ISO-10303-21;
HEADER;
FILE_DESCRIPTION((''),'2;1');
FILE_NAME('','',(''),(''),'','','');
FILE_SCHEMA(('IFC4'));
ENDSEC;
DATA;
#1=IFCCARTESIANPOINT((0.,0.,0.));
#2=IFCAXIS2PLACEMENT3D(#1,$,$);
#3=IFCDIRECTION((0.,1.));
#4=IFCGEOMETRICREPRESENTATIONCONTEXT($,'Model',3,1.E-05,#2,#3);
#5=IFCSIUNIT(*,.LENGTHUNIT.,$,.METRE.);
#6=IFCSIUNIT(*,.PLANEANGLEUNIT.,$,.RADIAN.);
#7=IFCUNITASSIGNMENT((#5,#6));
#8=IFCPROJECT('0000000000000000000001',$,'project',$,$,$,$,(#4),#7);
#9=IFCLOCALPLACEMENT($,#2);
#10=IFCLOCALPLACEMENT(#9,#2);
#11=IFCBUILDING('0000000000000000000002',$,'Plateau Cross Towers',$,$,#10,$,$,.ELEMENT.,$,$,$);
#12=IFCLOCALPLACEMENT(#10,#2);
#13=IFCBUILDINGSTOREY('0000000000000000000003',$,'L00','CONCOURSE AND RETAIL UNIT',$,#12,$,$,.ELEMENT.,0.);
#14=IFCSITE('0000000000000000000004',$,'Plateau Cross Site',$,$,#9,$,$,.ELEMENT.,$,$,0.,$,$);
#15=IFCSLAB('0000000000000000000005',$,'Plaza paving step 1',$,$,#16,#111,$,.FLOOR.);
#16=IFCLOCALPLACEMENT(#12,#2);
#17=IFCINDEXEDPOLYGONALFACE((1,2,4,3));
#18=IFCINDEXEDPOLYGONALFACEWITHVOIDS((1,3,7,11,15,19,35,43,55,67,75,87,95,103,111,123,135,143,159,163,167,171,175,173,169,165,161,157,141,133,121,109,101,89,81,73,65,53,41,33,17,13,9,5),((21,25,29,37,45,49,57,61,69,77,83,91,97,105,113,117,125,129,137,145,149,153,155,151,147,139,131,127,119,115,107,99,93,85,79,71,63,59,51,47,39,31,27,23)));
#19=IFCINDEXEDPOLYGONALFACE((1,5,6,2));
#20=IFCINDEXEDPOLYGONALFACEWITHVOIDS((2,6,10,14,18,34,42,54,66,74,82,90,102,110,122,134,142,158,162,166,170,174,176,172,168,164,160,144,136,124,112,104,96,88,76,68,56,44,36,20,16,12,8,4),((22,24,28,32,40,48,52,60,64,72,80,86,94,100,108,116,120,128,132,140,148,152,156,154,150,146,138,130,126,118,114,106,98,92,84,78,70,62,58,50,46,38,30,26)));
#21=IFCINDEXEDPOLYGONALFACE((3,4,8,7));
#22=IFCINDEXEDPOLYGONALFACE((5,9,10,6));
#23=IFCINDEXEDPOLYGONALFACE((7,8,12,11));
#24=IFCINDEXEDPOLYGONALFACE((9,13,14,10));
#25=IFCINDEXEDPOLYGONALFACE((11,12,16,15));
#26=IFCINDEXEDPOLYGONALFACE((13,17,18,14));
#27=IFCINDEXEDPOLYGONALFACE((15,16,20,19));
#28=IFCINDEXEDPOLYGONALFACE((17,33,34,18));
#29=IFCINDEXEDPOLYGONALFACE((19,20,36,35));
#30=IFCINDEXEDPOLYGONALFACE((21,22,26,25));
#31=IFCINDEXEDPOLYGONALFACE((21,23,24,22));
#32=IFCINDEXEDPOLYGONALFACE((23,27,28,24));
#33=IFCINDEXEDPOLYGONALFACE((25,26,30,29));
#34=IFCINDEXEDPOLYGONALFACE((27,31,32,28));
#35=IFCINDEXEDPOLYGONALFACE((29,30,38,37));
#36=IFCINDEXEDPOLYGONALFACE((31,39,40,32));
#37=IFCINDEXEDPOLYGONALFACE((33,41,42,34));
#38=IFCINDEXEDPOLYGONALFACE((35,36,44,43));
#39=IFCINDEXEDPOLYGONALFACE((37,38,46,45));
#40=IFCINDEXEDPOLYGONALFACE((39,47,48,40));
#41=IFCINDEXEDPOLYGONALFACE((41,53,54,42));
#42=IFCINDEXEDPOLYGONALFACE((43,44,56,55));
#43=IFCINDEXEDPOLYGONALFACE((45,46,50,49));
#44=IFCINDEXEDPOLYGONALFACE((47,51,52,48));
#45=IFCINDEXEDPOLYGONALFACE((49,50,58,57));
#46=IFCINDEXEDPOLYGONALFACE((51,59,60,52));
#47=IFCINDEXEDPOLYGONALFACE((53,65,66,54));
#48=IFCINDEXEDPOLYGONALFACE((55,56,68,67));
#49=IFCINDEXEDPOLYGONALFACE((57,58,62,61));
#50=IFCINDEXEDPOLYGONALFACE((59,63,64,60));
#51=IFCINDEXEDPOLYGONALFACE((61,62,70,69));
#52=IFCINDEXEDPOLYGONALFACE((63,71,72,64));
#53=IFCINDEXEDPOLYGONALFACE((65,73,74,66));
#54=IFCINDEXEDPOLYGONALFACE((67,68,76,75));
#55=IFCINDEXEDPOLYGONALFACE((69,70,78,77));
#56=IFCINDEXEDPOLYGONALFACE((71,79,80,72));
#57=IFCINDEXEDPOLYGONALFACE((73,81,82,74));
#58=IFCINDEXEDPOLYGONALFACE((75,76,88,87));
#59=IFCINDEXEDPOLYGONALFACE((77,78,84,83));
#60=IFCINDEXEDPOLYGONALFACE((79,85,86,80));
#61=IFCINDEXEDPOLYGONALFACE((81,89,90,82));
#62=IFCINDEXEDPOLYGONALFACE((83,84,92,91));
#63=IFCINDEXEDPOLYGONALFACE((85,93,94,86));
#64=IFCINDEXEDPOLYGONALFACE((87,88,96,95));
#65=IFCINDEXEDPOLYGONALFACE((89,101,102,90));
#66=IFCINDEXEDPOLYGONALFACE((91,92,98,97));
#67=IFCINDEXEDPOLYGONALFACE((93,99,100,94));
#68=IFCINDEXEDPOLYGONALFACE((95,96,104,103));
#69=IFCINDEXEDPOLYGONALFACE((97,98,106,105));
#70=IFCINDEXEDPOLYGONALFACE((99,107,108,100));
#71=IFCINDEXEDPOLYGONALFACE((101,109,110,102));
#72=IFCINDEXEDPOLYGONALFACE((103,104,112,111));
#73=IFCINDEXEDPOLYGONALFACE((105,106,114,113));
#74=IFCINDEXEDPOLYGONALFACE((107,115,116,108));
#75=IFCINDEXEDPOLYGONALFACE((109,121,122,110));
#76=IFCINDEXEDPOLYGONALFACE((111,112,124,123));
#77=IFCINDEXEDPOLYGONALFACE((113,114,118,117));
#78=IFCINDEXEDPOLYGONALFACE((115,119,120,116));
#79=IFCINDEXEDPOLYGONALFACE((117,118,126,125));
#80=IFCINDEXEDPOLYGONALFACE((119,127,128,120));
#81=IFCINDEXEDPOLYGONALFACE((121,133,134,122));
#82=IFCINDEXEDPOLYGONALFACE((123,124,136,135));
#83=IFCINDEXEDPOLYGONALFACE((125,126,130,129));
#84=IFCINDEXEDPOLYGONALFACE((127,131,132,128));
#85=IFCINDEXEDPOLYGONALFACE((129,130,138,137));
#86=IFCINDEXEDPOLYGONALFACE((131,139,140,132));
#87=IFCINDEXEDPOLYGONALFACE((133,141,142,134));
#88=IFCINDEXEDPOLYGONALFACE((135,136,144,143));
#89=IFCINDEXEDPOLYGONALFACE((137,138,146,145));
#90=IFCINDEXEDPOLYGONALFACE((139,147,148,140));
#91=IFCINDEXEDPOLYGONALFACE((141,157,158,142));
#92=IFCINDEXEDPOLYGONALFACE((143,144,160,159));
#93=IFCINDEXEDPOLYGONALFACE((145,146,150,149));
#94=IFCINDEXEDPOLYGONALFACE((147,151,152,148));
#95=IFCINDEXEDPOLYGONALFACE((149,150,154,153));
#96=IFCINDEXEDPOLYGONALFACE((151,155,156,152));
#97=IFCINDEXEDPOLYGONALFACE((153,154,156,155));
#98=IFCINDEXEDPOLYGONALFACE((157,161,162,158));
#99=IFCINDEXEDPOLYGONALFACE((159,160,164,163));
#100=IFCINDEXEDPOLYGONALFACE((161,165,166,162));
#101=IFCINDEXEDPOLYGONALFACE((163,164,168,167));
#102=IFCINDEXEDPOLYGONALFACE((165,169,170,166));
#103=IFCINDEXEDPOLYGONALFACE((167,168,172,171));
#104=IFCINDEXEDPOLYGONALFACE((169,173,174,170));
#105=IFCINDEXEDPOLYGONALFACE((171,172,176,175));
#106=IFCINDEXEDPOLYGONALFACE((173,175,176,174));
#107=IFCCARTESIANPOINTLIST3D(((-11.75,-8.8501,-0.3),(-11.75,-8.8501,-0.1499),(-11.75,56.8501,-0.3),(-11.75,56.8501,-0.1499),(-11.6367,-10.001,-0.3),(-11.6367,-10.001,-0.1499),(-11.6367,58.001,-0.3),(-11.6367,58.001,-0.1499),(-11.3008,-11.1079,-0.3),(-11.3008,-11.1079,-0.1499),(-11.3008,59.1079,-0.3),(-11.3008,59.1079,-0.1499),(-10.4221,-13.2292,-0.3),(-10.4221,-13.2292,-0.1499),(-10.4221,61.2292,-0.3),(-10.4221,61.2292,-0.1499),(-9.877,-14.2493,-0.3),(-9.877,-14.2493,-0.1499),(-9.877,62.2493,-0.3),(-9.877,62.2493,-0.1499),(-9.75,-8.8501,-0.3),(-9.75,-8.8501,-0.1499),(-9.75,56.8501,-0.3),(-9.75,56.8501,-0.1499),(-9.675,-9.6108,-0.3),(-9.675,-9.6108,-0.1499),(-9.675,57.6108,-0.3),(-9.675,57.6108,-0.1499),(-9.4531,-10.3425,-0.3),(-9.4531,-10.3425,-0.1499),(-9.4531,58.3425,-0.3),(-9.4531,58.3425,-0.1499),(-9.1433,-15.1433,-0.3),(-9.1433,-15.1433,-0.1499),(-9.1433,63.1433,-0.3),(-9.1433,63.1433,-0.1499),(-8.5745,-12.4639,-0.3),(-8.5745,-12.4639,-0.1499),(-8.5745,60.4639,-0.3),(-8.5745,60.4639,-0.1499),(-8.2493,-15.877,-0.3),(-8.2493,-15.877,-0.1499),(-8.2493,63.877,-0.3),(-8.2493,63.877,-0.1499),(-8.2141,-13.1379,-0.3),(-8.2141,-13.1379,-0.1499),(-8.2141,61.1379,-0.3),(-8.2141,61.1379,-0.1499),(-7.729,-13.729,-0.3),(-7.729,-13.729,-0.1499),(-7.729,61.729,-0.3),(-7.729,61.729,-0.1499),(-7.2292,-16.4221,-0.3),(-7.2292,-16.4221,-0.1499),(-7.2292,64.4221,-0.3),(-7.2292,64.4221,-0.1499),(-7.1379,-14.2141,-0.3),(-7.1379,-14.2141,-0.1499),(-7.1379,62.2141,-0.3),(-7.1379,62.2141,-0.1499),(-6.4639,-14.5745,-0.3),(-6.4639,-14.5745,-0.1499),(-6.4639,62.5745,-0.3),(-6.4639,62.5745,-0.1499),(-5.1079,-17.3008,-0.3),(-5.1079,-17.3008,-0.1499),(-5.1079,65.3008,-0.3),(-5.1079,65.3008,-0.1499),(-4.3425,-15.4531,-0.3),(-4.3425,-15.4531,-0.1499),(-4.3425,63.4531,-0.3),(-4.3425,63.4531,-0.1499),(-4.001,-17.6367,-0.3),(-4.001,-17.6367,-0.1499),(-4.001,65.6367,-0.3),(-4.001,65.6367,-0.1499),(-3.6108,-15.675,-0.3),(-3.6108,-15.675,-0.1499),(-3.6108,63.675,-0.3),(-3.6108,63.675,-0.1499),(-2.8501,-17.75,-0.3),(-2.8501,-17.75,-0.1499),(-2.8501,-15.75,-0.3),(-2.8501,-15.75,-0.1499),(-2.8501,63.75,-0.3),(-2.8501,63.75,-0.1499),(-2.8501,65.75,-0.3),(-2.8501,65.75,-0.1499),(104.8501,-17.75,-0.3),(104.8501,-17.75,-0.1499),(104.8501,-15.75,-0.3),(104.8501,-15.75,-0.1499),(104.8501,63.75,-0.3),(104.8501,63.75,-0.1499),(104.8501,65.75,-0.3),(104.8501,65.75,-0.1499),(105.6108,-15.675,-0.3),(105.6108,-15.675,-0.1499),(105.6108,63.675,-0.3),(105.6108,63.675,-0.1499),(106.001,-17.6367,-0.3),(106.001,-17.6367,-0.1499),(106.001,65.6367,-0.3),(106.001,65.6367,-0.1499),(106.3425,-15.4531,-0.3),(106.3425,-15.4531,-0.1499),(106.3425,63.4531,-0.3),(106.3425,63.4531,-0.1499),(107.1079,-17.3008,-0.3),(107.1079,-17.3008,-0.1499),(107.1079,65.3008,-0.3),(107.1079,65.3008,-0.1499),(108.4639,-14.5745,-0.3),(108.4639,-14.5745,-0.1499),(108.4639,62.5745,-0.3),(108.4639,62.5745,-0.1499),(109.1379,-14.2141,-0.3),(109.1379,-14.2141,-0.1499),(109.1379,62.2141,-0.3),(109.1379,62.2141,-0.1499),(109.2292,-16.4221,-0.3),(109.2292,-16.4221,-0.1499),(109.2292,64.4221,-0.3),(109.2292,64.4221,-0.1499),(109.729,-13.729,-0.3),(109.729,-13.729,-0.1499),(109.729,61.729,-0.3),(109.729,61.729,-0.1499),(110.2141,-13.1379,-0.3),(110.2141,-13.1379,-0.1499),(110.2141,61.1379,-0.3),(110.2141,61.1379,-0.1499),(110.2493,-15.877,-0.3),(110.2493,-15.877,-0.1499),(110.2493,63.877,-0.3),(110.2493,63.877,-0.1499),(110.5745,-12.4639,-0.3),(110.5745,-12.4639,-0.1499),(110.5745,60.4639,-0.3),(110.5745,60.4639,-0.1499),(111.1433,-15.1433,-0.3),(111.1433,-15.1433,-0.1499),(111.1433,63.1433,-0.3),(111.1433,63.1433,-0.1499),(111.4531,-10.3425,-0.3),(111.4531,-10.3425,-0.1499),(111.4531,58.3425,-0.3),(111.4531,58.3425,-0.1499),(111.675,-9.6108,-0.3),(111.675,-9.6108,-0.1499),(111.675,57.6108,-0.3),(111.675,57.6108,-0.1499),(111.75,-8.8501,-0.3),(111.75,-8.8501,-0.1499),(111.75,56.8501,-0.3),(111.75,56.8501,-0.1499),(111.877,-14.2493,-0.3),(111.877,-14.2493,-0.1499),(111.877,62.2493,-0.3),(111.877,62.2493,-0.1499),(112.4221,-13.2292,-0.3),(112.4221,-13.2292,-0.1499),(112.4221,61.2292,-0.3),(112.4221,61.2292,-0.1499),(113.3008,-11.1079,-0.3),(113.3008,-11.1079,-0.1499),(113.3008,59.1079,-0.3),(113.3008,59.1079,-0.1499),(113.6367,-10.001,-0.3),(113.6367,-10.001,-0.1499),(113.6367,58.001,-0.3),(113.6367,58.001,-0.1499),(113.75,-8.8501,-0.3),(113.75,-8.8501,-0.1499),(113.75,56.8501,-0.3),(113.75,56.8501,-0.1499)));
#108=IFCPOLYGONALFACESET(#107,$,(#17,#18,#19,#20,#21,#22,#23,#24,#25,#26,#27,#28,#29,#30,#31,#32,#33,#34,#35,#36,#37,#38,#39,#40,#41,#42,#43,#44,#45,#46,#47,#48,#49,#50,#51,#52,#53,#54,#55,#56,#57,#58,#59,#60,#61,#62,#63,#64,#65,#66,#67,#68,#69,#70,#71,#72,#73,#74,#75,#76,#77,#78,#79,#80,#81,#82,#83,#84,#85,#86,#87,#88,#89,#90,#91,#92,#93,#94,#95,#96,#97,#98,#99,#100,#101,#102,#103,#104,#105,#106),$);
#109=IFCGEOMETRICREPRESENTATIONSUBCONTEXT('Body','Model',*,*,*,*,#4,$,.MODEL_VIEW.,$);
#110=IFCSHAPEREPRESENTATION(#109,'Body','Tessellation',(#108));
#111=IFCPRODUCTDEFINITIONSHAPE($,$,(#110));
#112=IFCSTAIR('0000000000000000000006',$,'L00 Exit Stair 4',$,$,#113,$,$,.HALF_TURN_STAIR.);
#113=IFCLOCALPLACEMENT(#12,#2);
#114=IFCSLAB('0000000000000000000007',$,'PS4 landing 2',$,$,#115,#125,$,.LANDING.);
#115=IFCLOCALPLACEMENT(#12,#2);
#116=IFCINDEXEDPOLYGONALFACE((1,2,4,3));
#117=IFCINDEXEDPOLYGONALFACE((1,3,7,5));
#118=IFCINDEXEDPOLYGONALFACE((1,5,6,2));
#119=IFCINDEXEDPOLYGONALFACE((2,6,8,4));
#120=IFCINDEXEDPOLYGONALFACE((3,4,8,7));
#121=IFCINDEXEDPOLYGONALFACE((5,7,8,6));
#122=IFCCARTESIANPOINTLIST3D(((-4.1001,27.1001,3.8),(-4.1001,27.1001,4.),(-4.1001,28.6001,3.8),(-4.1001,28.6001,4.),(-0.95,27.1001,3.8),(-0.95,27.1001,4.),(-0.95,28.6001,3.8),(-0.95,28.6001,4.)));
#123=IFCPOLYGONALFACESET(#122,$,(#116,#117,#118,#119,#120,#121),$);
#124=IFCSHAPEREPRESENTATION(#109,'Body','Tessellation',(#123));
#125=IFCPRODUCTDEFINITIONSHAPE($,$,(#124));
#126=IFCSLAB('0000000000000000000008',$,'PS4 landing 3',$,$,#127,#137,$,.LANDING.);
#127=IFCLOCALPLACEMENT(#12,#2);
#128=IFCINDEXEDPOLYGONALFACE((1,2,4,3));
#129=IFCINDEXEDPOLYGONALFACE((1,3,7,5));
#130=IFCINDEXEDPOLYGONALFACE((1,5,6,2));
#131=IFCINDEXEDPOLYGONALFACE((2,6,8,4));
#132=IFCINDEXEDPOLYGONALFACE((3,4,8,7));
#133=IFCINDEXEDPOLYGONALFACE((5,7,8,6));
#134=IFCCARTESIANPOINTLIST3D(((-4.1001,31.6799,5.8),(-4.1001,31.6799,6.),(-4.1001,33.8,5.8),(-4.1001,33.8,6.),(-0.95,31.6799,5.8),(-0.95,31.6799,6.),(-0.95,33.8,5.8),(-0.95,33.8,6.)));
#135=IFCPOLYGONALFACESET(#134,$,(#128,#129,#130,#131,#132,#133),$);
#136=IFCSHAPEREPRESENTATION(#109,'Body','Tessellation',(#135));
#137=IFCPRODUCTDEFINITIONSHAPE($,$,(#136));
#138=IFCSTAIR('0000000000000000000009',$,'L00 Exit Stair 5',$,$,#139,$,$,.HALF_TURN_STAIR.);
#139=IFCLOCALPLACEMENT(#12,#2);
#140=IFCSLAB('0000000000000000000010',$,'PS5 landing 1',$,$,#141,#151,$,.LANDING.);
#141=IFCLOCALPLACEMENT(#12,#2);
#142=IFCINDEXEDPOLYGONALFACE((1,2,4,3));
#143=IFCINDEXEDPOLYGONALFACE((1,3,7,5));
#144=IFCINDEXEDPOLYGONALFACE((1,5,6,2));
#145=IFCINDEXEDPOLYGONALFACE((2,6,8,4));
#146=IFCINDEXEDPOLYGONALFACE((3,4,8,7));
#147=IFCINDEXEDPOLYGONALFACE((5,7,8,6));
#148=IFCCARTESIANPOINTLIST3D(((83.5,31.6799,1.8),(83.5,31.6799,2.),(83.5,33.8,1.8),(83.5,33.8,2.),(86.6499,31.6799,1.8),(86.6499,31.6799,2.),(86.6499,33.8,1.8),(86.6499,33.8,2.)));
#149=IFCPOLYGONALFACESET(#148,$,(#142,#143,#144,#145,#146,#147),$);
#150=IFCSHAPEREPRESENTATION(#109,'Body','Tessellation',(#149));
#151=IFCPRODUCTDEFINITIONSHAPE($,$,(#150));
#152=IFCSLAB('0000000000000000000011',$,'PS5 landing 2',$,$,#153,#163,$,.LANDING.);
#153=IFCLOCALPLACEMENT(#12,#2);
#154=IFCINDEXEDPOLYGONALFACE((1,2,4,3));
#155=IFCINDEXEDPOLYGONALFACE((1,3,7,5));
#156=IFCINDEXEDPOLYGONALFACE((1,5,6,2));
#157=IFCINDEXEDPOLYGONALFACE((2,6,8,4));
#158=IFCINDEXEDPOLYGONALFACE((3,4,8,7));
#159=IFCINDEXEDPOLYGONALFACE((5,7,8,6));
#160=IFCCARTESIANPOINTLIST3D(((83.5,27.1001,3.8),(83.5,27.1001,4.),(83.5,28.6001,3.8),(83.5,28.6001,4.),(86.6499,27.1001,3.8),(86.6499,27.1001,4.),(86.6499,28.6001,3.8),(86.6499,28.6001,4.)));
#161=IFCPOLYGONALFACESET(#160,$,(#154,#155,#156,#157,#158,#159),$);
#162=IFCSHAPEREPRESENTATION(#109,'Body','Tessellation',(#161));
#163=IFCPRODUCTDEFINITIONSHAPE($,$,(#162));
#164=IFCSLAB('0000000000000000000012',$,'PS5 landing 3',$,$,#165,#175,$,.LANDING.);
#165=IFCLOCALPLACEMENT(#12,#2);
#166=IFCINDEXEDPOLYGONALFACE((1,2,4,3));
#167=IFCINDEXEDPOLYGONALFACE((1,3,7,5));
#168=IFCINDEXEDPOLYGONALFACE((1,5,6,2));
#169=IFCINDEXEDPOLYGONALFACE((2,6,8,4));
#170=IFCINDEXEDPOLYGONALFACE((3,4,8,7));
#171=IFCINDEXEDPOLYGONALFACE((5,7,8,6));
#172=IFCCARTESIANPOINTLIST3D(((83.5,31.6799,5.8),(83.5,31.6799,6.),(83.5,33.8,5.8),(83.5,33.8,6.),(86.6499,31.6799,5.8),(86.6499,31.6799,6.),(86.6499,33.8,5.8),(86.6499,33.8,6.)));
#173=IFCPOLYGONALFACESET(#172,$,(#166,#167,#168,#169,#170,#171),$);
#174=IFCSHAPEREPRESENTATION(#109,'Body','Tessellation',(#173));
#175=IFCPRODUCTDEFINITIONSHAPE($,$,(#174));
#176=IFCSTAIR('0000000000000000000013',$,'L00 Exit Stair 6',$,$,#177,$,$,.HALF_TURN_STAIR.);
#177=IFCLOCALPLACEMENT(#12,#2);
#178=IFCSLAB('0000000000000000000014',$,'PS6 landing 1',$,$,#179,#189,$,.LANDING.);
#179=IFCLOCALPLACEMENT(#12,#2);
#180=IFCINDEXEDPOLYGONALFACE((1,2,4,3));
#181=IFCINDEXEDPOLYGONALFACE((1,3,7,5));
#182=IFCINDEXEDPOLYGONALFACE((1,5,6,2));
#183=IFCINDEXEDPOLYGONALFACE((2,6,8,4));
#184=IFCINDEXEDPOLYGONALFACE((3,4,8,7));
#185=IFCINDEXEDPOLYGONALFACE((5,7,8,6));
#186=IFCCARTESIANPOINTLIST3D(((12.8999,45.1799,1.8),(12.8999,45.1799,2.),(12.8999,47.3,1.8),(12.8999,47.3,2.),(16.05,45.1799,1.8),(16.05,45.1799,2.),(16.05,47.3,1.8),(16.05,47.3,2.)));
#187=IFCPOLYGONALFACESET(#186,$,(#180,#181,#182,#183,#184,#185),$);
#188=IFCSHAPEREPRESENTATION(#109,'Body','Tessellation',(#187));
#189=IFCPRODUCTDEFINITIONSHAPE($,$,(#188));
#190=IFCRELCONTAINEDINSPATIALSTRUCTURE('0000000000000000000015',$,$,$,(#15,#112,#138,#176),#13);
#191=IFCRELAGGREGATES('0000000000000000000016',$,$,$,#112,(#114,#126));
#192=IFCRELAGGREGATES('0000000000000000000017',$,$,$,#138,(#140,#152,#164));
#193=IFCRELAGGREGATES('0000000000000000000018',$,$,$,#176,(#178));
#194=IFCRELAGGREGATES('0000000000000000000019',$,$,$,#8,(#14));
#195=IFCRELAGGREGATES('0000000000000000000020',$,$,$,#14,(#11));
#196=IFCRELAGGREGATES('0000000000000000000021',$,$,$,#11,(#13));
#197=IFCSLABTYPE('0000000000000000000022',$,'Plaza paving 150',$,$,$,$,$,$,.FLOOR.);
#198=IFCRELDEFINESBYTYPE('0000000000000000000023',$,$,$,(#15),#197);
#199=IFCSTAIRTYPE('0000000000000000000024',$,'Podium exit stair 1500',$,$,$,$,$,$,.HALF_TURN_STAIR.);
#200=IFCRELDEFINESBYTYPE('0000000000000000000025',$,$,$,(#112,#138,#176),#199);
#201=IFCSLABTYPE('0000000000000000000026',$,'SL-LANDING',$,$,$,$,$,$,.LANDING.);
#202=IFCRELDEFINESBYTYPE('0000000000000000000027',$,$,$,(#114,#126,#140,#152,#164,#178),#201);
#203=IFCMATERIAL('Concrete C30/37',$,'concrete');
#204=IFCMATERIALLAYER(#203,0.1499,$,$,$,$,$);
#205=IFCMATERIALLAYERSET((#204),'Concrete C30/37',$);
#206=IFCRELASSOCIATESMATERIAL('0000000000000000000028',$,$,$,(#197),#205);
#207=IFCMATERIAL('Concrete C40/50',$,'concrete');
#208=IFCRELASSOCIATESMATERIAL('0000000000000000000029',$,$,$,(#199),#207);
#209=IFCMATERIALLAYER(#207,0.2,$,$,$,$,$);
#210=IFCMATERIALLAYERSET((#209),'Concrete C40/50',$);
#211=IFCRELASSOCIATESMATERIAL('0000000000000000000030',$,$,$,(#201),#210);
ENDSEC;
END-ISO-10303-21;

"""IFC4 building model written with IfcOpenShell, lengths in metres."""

from ifc_helpers import new_model, si_unit, direction, frame, origin, place, context, subcontext, project, spatial, polyline, outline, extrude, material, layer, layer_set, type_object, element, aggregate, save


model = new_model("IFC4")

# Units and contexts
model_context = context("Model", 3, precision=1e-05, world=origin(), true_north=direction((0.0, 1.0)))
body_context = subcontext(model_context, "Body", "Model", "MODEL_VIEW")
ifc_project = project(units=[si_unit("LENGTHUNIT", "METRE"), si_unit("PLANEANGLEUNIT", "RADIAN")], contexts=[model_context])

# Site, building, storey
site_placement = place(None, origin())
site = spatial("IfcSite", under=ifc_project, at=site_placement, Name="Plateau Cross Site", CompositionType="ELEMENT", RefElevation=0.0)
building_placement = place(site_placement, origin())
building = spatial("IfcBuilding", under=site, at=building_placement, Name="Plateau Cross Towers", CompositionType="ELEMENT")
storey_placement = place(building_placement, origin())
storey = spatial("IfcBuildingStorey", under=building, at=storey_placement, Name="L00", Description="CONCOURSE AND RETAIL UNIT", CompositionType="ELEMENT", Elevation=0.0)

# Slab
ifc_material_1 = material(Name="Concrete C30/37", Category="concrete")
ifc_layer_1 = layer(ifc_material_1, 0.1499)
ifc_layer_set_1 = layer_set([ifc_layer_1], Name="Concrete C30/37")
slab_type_1 = type_object("IfcSlabType", Name="Plaza paving 150", PredefinedType="FLOOR", material=ifc_layer_set_1)
slab_1_placement = place(storey_placement, frame((0.0, 0.0, -0.3)))
element("IfcSlab", 1, at=slab_1_placement, inside=storey, type_object=slab_type_1, Name="Plaza paving step 1", PredefinedType="FLOOR", context=body_context, shape_type="SweptSolid", body=[
    extrude(outline(polyline([(-7.2292, -16.4221), (-8.2493, -15.877), (-9.1433, -15.1433), (-9.877, -14.2493), (-10.4221, -13.2292), (-11.3008, -11.1079), (-11.6367, -10.001), (-11.75, -8.8501), (-11.75, 56.8501), (-11.6367, 58.001), (-11.3008, 59.1079), (-10.4221, 61.2292), (-9.877, 62.2493), (-9.1433, 63.1433), (-8.2493, 63.877), (-7.2292, 64.4221), (-5.1079, 65.3008), (-4.001, 65.6367), (-2.8501, 65.75), (104.8501, 65.75), (106.001, 65.6367), (107.1079, 65.3008), (109.2292, 64.4221), (110.2493, 63.877), (111.1433, 63.1433), (111.877, 62.2493), (112.4221, 61.2292), (113.3008, 59.1079), (113.6367, 58.001), (113.75, 56.8501), (113.75, -8.8501), (113.6367, -10.001), (113.3008, -11.1079), (112.4221, -13.2292), (111.877, -14.2493), (111.1433, -15.1433), (110.2493, -15.877), (109.2292, -16.4221), (107.1079, -17.3008), (106.001, -17.6367), (104.8501, -17.75), (-2.8501, -17.75), (-4.001, -17.6367), (-5.1079, -17.3008), (-7.2292, -16.4221)]), holes=[polyline([(-3.6108, -15.675), (-2.8501, -15.75), (104.8501, -15.75), (105.6108, -15.675), (106.3425, -15.4531), (108.4639, -14.5745), (109.1379, -14.2141), (109.729, -13.729), (110.2141, -13.1379), (110.5745, -12.4639), (111.4531, -10.3425), (111.675, -9.6108), (111.75, -8.8501), (111.75, 56.8501), (111.675, 57.6108), (111.4531, 58.3425), (110.5745, 60.4639), (110.2141, 61.1379), (109.729, 61.729), (109.1379, 62.2141), (108.4639, 62.5745), (106.3425, 63.4531), (105.6108, 63.675), (104.8501, 63.75), (-2.8501, 63.75), (-3.6108, 63.675), (-4.3425, 63.4531), (-6.4639, 62.5745), (-7.1379, 62.2141), (-7.729, 61.729), (-8.2141, 61.1379), (-8.5745, 60.4639), (-9.4531, 58.3425), (-9.675, 57.6108), (-9.75, 56.8501), (-9.75, -8.8501), (-9.675, -9.6108), (-9.4531, -10.3425), (-8.5745, -12.4639), (-8.2141, -13.1379), (-7.729, -13.729), (-7.1379, -14.2141), (-6.4639, -14.5745), (-4.3425, -15.4531), (-3.6108, -15.675)])]), origin(), (0.0, 0.0, 1.0), 0.1501),
])

# Stairs, slabs
ifc_material_2 = material(Name="Concrete C40/50", Category="concrete")
stair_type = type_object("IfcStairType", Name="Podium exit stair 1500", PredefinedType="HALF_TURN_STAIR", material=ifc_material_2)
stair_1_placement = place(storey_placement, origin())
stair_1 = element("IfcStair", 2, at=stair_1_placement, inside=storey, type_object=stair_type, Name="L00 Exit Stair 4", PredefinedType="HALF_TURN_STAIR")
ifc_layer_2 = layer(ifc_material_2, 0.2)
ifc_layer_set_2 = layer_set([ifc_layer_2], Name="Concrete C40/50")
slab_type_2 = type_object("IfcSlabType", Name="SL-LANDING", PredefinedType="LANDING", material=ifc_layer_set_2)
slab_2_placement = place(storey_placement, frame((0.0, 0.0, 3.8)))
slab_2 = element("IfcSlab", 3, at=slab_2_placement, type_object=slab_type_2, Name="PS4 landing 2", PredefinedType="LANDING", context=body_context, shape_type="SweptSolid", body=[
    extrude(outline(polyline([(-0.95, 27.1001), (-0.95, 28.6001), (-4.1001, 28.6001), (-4.1001, 27.1001), (-0.95, 27.1001)])), origin(), (0.0, 0.0, 1.0), 0.2),
])
slab_3_placement = place(storey_placement, frame((0.0, 0.0, 5.8)))
slab_3 = element("IfcSlab", 4, at=slab_3_placement, type_object=slab_type_2, Name="PS4 landing 3", PredefinedType="LANDING", context=body_context, shape_type="SweptSolid", body=[
    extrude(outline(polyline([(-0.95, 31.6799), (-0.95, 33.8), (-4.1001, 33.8), (-4.1001, 31.6799), (-0.95, 31.6799)])), origin(), (0.0, 0.0, 1.0), 0.2),
])
aggregate(stair_1, [slab_2, slab_3])
stair_2_placement = place(storey_placement, origin())
stair_2 = element("IfcStair", 5, at=stair_2_placement, inside=storey, type_object=stair_type, Name="L00 Exit Stair 5", PredefinedType="HALF_TURN_STAIR")
slab_4_placement = place(storey_placement, frame((0.0, 0.0, 1.8)))
slab_4 = element("IfcSlab", 6, at=slab_4_placement, type_object=slab_type_2, Name="PS5 landing 1", PredefinedType="LANDING", context=body_context, shape_type="SweptSolid", body=[
    extrude(outline(polyline([(86.6499, 31.6799), (86.6499, 33.8), (83.5, 33.8), (83.5, 31.6799), (86.6499, 31.6799)])), origin(), (0.0, 0.0, 1.0), 0.2),
])
slab_5_placement = place(storey_placement, frame((0.0, 0.0, 3.8)))
slab_5 = element("IfcSlab", 7, at=slab_5_placement, type_object=slab_type_2, Name="PS5 landing 2", PredefinedType="LANDING", context=body_context, shape_type="SweptSolid", body=[
    extrude(outline(polyline([(86.6499, 27.1001), (86.6499, 28.6001), (83.5, 28.6001), (83.5, 27.1001), (86.6499, 27.1001)])), origin(), (0.0, 0.0, 1.0), 0.2),
])
slab_6_placement = place(storey_placement, frame((0.0, 0.0, 5.8)))
slab_6 = element("IfcSlab", 8, at=slab_6_placement, type_object=slab_type_2, Name="PS5 landing 3", PredefinedType="LANDING", context=body_context, shape_type="SweptSolid", body=[
    extrude(outline(polyline([(86.6499, 31.6799), (86.6499, 33.8), (83.5, 33.8), (83.5, 31.6799), (86.6499, 31.6799)])), origin(), (0.0, 0.0, 1.0), 0.2),
])
aggregate(stair_2, [slab_4, slab_5, slab_6])
stair_3_placement = place(storey_placement, origin())
stair_3 = element("IfcStair", 9, at=stair_3_placement, inside=storey, type_object=stair_type, Name="L00 Exit Stair 6", PredefinedType="HALF_TURN_STAIR")
slab_7_placement = place(storey_placement, frame((0.0, 0.0, 1.8)))
slab_7 = element("IfcSlab", 10, at=slab_7_placement, type_object=slab_type_2, Name="PS6 landing 1", PredefinedType="LANDING", context=body_context, shape_type="SweptSolid", body=[
    extrude(outline(polyline([(16.05, 45.1799), (16.05, 47.3), (12.8999, 47.3), (12.8999, 45.1799), (16.05, 45.1799)])), origin(), (0.0, 0.0, 1.0), 0.2),
])
aggregate(stair_3, [slab_7])

save(model, "model.ifc")
